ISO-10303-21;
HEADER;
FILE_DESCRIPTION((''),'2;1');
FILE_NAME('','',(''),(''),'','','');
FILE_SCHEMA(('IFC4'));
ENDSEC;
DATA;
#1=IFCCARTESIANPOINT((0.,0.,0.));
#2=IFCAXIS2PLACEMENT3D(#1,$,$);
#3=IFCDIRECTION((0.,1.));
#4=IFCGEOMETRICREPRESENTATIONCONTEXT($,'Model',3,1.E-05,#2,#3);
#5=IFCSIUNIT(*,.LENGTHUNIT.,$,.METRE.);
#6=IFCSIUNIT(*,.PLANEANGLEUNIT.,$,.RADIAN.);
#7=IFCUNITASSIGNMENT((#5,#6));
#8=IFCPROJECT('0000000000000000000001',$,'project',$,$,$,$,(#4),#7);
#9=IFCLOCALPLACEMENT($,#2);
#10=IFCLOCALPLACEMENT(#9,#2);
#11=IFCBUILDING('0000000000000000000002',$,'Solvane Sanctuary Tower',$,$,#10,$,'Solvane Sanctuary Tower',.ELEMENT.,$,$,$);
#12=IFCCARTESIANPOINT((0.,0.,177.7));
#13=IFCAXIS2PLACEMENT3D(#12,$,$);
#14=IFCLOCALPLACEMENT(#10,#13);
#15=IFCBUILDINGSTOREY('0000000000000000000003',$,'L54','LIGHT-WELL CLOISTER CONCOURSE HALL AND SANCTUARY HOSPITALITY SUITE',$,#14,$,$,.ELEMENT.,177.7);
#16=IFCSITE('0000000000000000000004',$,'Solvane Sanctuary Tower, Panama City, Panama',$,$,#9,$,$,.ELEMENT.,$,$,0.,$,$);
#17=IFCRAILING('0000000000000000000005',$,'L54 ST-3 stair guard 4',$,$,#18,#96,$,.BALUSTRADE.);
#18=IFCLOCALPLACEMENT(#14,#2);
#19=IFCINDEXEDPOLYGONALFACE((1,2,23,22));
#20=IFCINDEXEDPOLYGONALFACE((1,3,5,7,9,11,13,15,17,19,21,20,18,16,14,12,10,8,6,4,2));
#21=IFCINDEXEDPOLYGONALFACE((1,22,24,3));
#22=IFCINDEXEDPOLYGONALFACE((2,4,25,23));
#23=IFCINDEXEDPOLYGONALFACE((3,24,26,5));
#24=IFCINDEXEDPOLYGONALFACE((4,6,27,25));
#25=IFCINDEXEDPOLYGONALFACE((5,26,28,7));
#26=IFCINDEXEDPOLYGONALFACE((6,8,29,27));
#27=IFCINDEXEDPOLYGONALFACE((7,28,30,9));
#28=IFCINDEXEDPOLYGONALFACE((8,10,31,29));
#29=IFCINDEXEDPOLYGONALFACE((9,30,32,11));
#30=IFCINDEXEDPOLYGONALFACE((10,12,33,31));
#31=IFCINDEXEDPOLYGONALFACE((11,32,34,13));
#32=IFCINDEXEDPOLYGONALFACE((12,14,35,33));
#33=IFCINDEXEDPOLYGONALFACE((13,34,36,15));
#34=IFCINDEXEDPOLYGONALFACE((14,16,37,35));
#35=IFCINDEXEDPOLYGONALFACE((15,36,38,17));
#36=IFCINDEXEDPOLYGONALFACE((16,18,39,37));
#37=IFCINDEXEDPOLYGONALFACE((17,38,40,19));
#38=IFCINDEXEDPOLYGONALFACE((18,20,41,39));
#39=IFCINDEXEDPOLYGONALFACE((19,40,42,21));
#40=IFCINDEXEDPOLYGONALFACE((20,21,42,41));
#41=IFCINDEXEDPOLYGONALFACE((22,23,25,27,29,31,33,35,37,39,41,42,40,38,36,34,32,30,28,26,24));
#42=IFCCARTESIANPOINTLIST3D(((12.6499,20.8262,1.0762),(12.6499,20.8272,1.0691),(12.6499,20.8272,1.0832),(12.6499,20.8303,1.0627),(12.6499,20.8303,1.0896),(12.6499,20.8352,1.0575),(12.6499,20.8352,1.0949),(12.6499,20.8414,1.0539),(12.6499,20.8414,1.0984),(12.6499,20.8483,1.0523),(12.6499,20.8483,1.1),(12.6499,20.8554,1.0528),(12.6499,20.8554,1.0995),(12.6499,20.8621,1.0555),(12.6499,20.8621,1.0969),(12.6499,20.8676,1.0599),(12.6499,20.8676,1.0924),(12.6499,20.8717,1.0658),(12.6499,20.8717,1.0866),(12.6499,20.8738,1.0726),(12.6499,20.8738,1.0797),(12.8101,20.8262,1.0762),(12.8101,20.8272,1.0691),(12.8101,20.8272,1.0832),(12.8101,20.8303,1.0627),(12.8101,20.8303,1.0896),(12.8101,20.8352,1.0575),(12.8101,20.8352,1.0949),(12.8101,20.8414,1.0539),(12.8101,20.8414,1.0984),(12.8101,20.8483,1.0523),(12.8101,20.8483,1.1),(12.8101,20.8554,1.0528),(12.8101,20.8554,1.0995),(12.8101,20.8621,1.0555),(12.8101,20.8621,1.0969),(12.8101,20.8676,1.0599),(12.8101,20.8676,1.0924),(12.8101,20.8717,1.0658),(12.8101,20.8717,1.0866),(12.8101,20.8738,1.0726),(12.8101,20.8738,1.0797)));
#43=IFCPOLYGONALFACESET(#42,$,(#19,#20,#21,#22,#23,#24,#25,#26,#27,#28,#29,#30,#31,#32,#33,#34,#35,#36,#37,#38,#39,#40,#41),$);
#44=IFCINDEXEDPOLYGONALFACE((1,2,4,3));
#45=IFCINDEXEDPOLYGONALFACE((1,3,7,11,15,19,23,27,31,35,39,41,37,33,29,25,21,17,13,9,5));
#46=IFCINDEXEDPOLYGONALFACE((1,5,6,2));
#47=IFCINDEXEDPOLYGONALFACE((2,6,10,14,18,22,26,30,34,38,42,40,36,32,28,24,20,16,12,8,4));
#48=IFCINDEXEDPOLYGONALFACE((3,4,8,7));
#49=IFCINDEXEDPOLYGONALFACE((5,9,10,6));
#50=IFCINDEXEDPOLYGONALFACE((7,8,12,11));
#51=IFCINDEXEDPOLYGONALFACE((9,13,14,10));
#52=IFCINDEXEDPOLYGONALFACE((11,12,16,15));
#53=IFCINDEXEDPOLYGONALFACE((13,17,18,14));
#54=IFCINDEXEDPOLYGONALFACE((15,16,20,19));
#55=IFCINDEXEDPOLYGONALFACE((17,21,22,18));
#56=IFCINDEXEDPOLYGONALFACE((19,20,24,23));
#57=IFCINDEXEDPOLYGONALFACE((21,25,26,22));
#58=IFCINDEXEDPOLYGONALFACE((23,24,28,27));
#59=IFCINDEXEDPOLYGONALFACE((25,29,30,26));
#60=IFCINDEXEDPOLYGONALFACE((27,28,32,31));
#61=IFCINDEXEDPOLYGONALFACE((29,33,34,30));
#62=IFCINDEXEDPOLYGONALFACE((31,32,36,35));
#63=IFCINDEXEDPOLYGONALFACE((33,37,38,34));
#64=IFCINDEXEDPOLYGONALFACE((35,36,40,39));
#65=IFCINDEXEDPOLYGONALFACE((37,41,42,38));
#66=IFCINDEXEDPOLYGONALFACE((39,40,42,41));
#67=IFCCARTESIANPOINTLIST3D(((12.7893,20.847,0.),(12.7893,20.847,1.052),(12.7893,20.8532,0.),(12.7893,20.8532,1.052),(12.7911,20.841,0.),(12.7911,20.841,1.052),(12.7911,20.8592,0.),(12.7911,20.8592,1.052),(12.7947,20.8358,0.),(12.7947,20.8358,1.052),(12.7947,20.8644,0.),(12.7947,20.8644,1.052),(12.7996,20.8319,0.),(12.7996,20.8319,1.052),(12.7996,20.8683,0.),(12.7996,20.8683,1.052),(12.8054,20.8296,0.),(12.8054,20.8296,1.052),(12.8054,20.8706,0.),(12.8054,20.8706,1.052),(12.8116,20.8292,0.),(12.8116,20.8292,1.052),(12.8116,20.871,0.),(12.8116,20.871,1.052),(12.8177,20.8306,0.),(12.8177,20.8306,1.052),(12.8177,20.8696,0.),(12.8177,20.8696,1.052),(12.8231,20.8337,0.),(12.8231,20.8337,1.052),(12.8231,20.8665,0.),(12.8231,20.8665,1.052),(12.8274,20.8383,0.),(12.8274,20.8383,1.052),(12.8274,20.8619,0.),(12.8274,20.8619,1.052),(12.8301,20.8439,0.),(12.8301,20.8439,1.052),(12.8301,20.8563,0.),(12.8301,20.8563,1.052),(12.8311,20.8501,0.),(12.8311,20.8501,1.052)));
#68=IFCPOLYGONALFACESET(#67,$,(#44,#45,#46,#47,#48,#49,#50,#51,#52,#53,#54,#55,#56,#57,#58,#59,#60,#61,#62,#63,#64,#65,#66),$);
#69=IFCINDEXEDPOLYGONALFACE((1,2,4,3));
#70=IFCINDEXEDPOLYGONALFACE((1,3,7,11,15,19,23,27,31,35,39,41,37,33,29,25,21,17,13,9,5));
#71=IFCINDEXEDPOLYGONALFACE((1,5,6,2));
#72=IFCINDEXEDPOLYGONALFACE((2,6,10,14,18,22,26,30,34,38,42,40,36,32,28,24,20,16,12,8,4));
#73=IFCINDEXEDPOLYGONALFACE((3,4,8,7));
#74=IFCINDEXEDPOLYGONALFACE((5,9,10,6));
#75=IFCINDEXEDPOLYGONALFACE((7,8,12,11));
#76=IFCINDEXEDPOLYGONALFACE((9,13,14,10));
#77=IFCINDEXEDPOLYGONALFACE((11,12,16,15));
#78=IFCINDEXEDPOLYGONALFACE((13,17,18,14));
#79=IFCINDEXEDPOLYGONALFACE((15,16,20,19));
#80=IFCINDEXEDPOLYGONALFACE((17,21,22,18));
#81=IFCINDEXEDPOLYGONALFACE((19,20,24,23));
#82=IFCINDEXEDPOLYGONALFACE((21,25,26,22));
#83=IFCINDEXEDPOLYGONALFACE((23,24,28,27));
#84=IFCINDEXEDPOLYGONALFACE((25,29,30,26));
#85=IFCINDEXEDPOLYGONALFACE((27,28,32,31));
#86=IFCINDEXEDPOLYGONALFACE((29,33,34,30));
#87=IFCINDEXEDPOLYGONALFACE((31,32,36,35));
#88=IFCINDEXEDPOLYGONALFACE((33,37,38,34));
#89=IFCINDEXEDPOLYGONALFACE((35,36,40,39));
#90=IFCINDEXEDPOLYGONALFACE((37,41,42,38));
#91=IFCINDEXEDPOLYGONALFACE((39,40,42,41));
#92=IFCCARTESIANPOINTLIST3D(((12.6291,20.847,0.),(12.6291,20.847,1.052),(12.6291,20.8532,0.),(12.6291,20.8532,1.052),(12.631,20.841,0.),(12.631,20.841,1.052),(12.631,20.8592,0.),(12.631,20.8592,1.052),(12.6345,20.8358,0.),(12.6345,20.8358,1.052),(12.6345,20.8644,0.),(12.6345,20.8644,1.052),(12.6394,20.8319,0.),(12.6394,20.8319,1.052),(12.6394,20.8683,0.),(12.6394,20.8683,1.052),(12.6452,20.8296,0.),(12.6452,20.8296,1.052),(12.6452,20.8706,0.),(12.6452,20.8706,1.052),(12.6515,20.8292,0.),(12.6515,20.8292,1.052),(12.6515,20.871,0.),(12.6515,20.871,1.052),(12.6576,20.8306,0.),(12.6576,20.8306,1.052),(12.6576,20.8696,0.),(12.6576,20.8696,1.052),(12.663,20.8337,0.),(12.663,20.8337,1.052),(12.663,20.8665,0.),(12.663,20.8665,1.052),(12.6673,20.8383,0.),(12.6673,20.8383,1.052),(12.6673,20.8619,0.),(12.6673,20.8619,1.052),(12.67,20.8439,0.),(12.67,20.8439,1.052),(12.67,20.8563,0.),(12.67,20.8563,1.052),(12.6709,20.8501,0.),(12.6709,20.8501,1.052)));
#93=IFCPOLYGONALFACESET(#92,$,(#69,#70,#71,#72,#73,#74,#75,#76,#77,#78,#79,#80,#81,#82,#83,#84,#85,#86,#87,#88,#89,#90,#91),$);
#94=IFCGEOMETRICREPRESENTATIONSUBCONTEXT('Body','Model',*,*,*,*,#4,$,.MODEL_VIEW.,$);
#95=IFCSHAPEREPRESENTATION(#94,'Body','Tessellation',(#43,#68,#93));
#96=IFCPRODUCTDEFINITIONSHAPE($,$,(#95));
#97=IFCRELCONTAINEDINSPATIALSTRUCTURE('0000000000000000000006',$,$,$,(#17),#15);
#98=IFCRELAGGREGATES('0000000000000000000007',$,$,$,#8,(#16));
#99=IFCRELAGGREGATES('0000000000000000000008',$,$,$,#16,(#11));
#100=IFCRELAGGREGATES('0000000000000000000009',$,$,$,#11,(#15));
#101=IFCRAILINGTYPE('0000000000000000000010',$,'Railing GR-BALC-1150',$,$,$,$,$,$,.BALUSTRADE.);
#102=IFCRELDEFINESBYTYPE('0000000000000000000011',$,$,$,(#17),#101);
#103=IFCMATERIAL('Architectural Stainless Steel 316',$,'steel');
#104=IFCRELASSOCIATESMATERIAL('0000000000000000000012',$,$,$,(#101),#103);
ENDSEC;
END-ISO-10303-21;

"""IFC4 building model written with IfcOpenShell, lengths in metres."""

from ifc_helpers import new_model, si_unit, direction, frame, origin, origin_2d, place, context, subcontext, project, spatial, circle, extrude, material, type_object, element, save


model = new_model("IFC4")

# Units and contexts
model_context = context("Model", 3, precision=1e-05, world=origin(), true_north=direction((0.0, 1.0)))
body_context = subcontext(model_context, "Body", "Model", "MODEL_VIEW")
ifc_project = project(units=[si_unit("LENGTHUNIT", "METRE"), si_unit("PLANEANGLEUNIT", "RADIAN")], contexts=[model_context])

# Site, building, storey
site_placement = place(None, origin())
site = spatial("IfcSite", under=ifc_project, at=site_placement, Name="Solvane Sanctuary Tower, Panama City, Panama", CompositionType="ELEMENT", RefElevation=0.0)
building_placement = place(site_placement, origin())
building = spatial("IfcBuilding", under=site, at=building_placement, Name="Solvane Sanctuary Tower", LongName="Solvane Sanctuary Tower", CompositionType="ELEMENT")
storey_placement = place(building_placement, frame((0.0, 0.0, 177.7)))
storey = spatial("IfcBuildingStorey", under=building, at=storey_placement, Name="L54", Description="LIGHT-WELL CLOISTER CONCOURSE HALL AND SANCTUARY HOSPITALITY SUITE", CompositionType="ELEMENT", Elevation=177.7)

# Shared definitions
ifc_material_1 = material(Name="Architectural Stainless Steel 316", Category="steel")

# Railing
railing_type_1 = type_object("IfcRailingType", Name="Railing GR-BALC-1150", PredefinedType="BALUSTRADE", material=ifc_material_1)
railing_1_placement = place(storey_placement, frame((12.8101, 20.8501, 0.0)))
element("IfcRailing", 1, at=railing_1_placement, inside=storey, type_object=railing_type_1, Name="L54 ST-3 stair guard 4", PredefinedType="BALUSTRADE", context=body_context, shape_type="SweptSolid", body=[
    extrude(circle(Radius=0.0239, at=origin_2d()), frame((0.0, 0.0, 1.0762), z_axis=(-1.0, 0.0, 0.0), x_axis=(0.0, -1.0, 0.0)), (0.0, 0.0, 1.0), 0.1602),
    extrude(circle(Radius=0.021, at=origin_2d()), origin(), (0.0, 0.0, 1.0), 1.052),
    extrude(circle(Radius=0.021, at=origin_2d()), frame((-0.1602, 0.0, 0.0)), (0.0, 0.0, 1.0), 1.052),
])

save(model, "model.ifc")
